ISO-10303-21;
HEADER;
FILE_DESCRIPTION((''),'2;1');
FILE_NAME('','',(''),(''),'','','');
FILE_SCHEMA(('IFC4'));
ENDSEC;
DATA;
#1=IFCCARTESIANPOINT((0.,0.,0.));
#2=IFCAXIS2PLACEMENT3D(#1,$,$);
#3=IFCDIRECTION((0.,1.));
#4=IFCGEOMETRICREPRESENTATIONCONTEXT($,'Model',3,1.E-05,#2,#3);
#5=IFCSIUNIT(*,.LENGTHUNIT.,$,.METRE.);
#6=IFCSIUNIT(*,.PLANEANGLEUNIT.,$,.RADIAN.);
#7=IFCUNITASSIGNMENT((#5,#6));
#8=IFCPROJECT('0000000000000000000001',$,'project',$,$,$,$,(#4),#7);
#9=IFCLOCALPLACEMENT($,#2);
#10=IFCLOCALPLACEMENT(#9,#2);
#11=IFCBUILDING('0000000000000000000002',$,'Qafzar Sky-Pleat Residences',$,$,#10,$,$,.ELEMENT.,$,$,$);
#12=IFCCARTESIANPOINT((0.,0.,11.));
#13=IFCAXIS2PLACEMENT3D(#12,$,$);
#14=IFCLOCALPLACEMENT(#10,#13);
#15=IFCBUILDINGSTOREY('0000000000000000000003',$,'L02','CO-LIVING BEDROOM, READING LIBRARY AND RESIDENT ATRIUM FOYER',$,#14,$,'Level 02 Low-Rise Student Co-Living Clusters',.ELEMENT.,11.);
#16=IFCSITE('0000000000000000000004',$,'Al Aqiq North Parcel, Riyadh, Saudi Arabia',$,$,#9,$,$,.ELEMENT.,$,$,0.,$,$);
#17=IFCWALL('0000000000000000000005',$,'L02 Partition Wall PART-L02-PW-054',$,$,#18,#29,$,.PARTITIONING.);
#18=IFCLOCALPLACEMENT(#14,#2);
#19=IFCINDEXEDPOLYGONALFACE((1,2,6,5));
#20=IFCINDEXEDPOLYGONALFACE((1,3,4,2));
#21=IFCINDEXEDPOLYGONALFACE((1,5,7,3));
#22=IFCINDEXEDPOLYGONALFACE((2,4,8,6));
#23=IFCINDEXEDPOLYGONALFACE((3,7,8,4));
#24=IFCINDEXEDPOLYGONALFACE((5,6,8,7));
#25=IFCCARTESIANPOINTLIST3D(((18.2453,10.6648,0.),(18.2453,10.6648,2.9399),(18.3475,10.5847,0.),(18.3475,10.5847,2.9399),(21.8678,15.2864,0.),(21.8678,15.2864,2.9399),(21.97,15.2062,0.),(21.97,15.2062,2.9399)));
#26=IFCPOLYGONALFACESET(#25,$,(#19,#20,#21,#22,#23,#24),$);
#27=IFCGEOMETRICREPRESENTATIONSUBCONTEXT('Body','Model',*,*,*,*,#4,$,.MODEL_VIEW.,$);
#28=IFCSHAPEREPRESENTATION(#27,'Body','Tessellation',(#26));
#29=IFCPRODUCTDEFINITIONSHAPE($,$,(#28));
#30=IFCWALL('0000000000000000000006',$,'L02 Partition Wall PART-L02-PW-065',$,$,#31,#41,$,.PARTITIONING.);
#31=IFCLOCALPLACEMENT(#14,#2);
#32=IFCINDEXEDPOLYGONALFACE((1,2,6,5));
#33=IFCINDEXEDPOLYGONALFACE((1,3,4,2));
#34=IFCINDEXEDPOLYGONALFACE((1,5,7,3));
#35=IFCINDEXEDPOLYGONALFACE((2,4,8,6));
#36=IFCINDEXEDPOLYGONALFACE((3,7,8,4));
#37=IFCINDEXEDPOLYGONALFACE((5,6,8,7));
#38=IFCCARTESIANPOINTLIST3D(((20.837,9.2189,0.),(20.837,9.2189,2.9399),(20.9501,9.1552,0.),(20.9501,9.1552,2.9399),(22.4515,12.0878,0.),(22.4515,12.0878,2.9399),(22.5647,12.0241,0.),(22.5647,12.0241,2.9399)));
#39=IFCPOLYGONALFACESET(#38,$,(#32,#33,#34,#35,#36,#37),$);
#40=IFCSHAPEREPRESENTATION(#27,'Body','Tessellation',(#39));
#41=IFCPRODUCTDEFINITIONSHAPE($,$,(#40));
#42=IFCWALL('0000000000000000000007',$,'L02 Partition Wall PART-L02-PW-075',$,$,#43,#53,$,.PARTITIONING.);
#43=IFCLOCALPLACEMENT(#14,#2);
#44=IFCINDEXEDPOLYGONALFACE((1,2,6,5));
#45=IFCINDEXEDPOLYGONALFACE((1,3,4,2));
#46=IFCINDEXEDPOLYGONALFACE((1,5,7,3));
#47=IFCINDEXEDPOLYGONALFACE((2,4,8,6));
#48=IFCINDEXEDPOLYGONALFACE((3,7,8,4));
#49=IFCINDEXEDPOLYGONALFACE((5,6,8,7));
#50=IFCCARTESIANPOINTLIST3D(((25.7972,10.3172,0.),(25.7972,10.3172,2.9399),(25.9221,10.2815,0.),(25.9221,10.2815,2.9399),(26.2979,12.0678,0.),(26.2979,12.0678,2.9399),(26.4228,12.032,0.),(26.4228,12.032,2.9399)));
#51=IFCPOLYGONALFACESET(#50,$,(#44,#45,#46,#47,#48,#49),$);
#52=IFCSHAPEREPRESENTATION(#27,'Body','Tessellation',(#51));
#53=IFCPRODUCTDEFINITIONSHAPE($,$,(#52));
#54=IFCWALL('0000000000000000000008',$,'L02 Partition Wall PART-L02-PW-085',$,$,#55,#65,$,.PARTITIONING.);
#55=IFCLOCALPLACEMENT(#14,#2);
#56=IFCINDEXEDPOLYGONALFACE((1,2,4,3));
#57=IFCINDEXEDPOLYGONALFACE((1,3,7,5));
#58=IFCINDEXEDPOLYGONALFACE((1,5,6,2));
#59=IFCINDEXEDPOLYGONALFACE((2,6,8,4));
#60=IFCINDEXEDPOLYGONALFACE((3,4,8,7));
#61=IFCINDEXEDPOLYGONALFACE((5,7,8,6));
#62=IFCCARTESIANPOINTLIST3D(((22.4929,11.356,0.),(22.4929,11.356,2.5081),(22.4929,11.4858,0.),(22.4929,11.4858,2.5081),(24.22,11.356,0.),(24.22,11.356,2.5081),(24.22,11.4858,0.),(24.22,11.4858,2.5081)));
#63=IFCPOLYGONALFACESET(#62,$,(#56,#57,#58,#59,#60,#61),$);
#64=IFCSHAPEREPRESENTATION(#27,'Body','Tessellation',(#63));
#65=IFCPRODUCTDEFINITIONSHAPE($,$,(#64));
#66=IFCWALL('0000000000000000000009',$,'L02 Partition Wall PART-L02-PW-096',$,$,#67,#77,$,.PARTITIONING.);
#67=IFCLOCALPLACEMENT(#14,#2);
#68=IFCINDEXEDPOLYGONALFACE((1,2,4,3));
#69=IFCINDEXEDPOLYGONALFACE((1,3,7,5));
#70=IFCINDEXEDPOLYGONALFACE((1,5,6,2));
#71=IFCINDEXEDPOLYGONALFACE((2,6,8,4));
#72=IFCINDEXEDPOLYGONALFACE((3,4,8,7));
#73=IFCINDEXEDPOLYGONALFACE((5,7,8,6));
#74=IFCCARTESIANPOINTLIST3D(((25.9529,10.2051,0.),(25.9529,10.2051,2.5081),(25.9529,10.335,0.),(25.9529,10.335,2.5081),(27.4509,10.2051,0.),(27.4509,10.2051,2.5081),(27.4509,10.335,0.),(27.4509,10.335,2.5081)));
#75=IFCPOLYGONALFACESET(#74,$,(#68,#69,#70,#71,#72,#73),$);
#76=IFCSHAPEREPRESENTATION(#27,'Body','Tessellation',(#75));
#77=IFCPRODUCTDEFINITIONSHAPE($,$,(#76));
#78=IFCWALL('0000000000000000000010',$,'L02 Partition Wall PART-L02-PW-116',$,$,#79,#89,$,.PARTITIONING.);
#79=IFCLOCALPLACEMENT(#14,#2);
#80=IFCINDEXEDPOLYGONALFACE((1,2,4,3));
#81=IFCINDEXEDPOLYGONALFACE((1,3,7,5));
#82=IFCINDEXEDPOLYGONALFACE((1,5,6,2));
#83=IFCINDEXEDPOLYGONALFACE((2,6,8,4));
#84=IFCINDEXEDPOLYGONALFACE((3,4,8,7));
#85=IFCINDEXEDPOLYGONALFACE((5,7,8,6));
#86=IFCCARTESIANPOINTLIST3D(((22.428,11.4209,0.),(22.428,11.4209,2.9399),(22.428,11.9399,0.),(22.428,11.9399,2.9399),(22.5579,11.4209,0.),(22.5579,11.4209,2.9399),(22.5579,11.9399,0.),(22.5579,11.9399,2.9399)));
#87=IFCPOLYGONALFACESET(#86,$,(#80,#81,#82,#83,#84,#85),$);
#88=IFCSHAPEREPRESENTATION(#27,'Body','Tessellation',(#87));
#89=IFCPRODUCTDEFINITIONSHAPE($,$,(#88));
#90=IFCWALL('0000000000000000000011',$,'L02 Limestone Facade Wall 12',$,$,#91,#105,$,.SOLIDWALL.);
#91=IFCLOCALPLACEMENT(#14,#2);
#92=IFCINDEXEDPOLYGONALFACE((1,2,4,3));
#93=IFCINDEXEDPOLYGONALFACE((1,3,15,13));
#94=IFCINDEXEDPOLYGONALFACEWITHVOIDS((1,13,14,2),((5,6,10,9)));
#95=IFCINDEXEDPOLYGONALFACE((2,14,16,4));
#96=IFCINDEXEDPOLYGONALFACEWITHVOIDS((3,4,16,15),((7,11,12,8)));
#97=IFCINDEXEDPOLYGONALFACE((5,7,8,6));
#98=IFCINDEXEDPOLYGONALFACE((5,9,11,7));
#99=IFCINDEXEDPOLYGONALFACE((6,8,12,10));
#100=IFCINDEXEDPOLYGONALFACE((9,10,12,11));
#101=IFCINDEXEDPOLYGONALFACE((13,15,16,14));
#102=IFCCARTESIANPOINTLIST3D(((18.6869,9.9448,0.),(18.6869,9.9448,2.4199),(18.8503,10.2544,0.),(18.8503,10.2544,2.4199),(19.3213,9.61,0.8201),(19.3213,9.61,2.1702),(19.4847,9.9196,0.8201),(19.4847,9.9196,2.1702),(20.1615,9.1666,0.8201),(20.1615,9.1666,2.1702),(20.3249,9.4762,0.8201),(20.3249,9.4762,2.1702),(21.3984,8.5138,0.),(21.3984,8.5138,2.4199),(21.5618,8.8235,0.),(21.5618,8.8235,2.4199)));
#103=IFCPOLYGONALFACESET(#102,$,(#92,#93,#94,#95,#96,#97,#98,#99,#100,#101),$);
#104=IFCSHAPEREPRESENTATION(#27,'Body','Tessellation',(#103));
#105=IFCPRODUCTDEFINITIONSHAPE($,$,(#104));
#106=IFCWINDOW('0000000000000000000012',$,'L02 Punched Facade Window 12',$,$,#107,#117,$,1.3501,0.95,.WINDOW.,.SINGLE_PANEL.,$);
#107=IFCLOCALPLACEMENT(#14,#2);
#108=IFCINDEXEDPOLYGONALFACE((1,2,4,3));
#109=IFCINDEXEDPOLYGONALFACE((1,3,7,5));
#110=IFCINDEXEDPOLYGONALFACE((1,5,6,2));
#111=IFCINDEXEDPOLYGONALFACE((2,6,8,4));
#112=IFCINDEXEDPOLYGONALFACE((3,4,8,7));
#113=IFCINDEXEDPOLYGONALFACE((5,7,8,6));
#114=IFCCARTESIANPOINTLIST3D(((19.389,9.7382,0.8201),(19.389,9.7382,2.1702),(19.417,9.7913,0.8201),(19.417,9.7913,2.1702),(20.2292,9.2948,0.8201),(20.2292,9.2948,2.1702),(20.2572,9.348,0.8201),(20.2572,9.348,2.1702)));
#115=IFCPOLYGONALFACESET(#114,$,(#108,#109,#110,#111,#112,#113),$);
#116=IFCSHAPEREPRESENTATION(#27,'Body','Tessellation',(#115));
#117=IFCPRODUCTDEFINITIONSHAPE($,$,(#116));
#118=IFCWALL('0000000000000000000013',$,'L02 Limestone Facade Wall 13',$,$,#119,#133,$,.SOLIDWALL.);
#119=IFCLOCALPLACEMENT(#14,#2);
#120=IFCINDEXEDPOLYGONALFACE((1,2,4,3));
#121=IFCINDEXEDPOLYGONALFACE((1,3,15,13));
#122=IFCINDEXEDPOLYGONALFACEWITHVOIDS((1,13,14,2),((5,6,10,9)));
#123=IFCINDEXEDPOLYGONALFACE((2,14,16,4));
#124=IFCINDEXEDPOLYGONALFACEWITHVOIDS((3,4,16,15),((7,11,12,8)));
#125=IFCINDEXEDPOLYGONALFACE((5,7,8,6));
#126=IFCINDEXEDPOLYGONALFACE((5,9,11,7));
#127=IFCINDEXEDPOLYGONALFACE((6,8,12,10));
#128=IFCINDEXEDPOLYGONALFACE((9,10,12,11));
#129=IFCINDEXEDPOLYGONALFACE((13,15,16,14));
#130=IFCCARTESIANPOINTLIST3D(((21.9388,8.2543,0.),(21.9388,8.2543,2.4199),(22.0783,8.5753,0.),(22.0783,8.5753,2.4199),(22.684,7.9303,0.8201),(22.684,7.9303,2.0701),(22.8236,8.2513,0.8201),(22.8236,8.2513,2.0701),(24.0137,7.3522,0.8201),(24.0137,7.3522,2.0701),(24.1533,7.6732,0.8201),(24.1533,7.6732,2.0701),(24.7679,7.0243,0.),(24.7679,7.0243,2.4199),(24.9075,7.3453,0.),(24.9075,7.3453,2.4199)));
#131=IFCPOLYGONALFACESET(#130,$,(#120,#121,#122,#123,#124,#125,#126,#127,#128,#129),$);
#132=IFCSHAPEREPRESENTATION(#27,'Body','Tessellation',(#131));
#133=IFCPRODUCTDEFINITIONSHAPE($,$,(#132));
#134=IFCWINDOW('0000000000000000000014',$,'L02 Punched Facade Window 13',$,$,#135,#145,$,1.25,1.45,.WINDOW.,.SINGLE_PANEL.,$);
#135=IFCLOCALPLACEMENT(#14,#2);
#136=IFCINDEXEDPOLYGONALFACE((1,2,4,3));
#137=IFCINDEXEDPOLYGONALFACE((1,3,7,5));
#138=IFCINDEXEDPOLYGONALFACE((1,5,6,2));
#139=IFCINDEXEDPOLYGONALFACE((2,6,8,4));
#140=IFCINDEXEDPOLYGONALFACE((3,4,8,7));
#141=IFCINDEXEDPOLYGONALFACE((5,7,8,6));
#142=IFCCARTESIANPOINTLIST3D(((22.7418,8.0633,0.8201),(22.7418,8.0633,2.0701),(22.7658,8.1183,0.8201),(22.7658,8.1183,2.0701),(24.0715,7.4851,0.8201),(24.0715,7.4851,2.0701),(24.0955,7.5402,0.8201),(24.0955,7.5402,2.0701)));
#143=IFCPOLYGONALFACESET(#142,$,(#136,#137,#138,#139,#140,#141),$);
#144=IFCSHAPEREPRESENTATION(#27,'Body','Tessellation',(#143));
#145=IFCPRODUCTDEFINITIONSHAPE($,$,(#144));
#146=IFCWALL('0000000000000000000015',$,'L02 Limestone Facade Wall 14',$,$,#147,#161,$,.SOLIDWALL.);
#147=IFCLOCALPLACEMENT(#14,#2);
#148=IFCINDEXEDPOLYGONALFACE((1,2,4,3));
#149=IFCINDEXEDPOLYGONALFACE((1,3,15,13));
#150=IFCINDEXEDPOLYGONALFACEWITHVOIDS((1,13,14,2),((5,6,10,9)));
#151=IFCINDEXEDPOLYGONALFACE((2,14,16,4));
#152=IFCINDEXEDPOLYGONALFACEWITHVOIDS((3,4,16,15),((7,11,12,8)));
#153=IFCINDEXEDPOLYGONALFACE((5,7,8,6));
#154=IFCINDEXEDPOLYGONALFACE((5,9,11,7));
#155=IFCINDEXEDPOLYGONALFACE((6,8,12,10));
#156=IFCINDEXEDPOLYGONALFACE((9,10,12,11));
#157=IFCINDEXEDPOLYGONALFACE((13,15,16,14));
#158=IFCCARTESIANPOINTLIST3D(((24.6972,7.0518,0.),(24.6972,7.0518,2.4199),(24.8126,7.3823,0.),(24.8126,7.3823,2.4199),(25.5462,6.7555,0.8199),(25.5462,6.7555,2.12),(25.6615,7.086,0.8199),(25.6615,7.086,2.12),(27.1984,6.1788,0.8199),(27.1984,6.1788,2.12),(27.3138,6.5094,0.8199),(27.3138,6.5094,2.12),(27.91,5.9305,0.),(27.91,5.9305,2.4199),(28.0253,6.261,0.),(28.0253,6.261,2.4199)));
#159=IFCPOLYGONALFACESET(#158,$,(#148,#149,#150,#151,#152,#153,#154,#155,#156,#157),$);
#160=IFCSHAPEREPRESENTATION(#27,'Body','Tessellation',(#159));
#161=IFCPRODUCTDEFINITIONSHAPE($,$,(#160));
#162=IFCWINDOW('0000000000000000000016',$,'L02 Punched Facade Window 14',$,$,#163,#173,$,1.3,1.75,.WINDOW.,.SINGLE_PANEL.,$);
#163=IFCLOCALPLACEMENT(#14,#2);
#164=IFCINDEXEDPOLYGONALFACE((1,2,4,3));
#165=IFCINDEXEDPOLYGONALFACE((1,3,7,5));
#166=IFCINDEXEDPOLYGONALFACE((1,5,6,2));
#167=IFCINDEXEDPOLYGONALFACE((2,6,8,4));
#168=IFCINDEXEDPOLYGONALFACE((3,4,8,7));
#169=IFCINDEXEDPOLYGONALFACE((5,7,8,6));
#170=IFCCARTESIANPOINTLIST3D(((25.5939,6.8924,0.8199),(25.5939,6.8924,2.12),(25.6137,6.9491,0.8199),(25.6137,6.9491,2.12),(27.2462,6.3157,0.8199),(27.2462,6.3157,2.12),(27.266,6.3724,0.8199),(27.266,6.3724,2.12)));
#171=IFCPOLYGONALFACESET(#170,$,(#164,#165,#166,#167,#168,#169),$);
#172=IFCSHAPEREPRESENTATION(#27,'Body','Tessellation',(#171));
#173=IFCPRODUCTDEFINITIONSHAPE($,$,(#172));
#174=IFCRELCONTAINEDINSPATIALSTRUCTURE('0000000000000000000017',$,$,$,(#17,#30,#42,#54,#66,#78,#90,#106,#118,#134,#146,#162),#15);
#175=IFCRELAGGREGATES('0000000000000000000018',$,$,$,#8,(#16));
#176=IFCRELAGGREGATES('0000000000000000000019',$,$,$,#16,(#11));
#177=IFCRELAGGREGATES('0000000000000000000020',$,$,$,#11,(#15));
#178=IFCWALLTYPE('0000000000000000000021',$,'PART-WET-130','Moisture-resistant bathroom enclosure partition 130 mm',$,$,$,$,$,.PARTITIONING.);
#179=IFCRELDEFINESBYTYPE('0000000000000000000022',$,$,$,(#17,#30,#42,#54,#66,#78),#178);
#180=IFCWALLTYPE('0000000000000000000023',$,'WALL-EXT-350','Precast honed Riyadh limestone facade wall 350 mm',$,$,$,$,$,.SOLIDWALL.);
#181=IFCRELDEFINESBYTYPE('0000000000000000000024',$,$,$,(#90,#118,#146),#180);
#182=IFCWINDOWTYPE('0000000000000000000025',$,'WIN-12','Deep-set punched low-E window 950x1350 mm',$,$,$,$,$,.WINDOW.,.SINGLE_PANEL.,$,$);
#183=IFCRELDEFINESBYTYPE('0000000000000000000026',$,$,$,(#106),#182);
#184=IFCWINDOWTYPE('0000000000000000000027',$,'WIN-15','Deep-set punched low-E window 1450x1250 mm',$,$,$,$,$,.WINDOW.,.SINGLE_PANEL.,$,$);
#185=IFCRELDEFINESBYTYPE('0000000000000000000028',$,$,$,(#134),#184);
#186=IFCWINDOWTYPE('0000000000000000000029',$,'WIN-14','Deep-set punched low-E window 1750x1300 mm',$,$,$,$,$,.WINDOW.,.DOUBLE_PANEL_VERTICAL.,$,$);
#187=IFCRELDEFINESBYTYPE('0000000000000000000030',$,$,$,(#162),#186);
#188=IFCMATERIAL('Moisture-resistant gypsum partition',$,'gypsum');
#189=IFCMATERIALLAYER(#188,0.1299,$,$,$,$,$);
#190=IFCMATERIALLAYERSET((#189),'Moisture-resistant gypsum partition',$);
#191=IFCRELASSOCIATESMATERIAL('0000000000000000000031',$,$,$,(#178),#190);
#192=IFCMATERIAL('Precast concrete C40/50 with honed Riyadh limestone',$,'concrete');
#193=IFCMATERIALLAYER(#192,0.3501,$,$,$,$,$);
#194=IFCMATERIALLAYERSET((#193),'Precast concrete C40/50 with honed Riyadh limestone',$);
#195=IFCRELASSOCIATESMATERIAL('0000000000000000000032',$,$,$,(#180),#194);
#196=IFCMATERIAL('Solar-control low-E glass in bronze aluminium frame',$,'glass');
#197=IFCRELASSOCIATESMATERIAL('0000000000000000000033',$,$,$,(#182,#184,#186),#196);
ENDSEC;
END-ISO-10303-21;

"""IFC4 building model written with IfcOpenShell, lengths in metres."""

from ifc_helpers import new_model, si_unit, direction, frame, frame_2d, origin, place, context, subcontext, project, spatial, rectangle, extrude, source, transform, mapped, material, layer, layer_set, type_object, element, fill, save


model = new_model("IFC4")

# Units and contexts
model_context = context("Model", 3, precision=1e-05, world=origin(), true_north=direction((0.0, 1.0)))
body_context = subcontext(model_context, "Body", "Model", "MODEL_VIEW")
ifc_project = project(units=[si_unit("LENGTHUNIT", "METRE"), si_unit("PLANEANGLEUNIT", "RADIAN")], contexts=[model_context])

# Site, building, storey
site_placement = place(None, origin())
site = spatial("IfcSite", under=ifc_project, at=site_placement, Name="Al Aqiq North Parcel, Riyadh, Saudi Arabia", CompositionType="ELEMENT", RefElevation=0.0)
building_placement = place(site_placement, origin())
building = spatial("IfcBuilding", under=site, at=building_placement, Name="Qafzar Sky-Pleat Residences", CompositionType="ELEMENT")
storey_placement = place(building_placement, frame((0.0, 0.0, 11.0)))
storey = spatial("IfcBuildingStorey", under=building, at=storey_placement, Name="L02", Description="CO-LIVING BEDROOM, READING LIBRARY AND RESIDENT ATRIUM FOYER", LongName="Level 02 Low-Rise Student Co-Living Clusters", CompositionType="ELEMENT", Elevation=11.0)

# Shared definitions
ifc_material_1 = material(Name="Moisture-resistant gypsum partition", Category="gypsum")
ifc_layer_1 = layer(ifc_material_1, 0.1299)
ifc_layer_set_1 = layer_set([ifc_layer_1], Name="Moisture-resistant gypsum partition")
wall_type_1 = type_object("IfcWallType", Name="PART-WET-130", Description="Moisture-resistant bathroom enclosure partition 130 mm", PredefinedType="PARTITIONING", material=ifc_layer_set_1)

# Walls
wall_1_placement = place(storey_placement, frame((18.2964, 10.6248, 0.0), z_axis=(0.0, 0.0, 1.0), x_axis=(0.616907, 0.787036, 0.0)))
element("IfcWall", 1, at=wall_1_placement, inside=storey, type_object=wall_type_1, Name="L02 Partition Wall PART-L02-PW-054", PredefinedType="PARTITIONING", context=body_context, shape_type="SweptSolid", body=[
    extrude(rectangle(XDim=5.8721, YDim=0.1299, at=frame_2d((2.936, 0.0))), origin(), (0.0, 0.0, 1.0), 2.9399),
])
wall_2_placement = place(storey_placement, frame((20.8936, 9.187, 0.0), z_axis=(0.0, 0.0, 1.0), x_axis=(0.490434, 0.871478, 0.0)))
element("IfcWall", 2, at=wall_2_placement, inside=storey, type_object=wall_type_1, Name="L02 Partition Wall PART-L02-PW-065", PredefinedType="PARTITIONING", context=body_context, shape_type="SweptSolid", body=[
    extrude(rectangle(XDim=3.292, YDim=0.1299, at=frame_2d((1.646, 0.0))), origin(), (0.0, 0.0, 1.0), 2.9399),
])
wall_3_placement = place(storey_placement, frame((25.8596, 10.2993, 0.0), z_axis=(0.0, 0.0, 1.0), x_axis=(0.275022, 0.961438, 0.0)))
element("IfcWall", 3, at=wall_3_placement, inside=storey, type_object=wall_type_1, Name="L02 Partition Wall PART-L02-PW-075", PredefinedType="PARTITIONING", context=body_context, shape_type="SweptSolid", body=[
    extrude(rectangle(XDim=1.8208, YDim=0.1299, at=frame_2d((0.9104, 0.0))), origin(), (0.0, 0.0, 1.0), 2.9399),
])
wall_4_placement = place(storey_placement, frame((22.4929, 11.4209, 0.0), z_axis=(0.0, 0.0, 1.0), x_axis=(1.0, 0.0, 0.0)))
element("IfcWall", 4, at=wall_4_placement, inside=storey, type_object=wall_type_1, Name="L02 Partition Wall PART-L02-PW-085", PredefinedType="PARTITIONING", context=body_context, shape_type="SweptSolid", body=[
    extrude(rectangle(XDim=1.7271, YDim=0.1299, at=frame_2d((0.8635, 0.0))), origin(), (0.0, 0.0, 1.0), 2.5081),
])
wall_5_placement = place(storey_placement, frame((25.9529, 10.27, 0.0), z_axis=(0.0, 0.0, 1.0), x_axis=(1.0, 0.0, 0.0)))
element("IfcWall", 5, at=wall_5_placement, inside=storey, type_object=wall_type_1, Name="L02 Partition Wall PART-L02-PW-096", PredefinedType="PARTITIONING", context=body_context, shape_type="SweptSolid", body=[
    extrude(rectangle(XDim=1.498, YDim=0.1299, at=frame_2d((0.749, 0.0))), origin(), (0.0, 0.0, 1.0), 2.5081),
])
wall_6_placement = place(storey_placement, frame((22.4929, 11.4209, 0.0), z_axis=(0.0, 0.0, 1.0), x_axis=(0.0, 1.0, 0.0)))
element("IfcWall", 6, at=wall_6_placement, inside=storey, type_object=wall_type_1, Name="L02 Partition Wall PART-L02-PW-116", PredefinedType="PARTITIONING", context=body_context, shape_type="SweptSolid", body=[
    extrude(rectangle(XDim=0.519, YDim=0.1299, at=frame_2d((0.2595, 0.0))), origin(), (0.0, 0.0, 1.0), 2.9399),
])

# Walls, openings, windows
ifc_material_2 = material(Name="Precast concrete C40/50 with honed Riyadh limestone", Category="concrete")
ifc_layer_2 = layer(ifc_material_2, 0.3501)
ifc_layer_set_2 = layer_set([ifc_layer_2], Name="Precast concrete C40/50 with honed Riyadh limestone")
wall_type_2 = type_object("IfcWallType", Name="WALL-EXT-350", Description="Precast honed Riyadh limestone facade wall 350 mm", PredefinedType="SOLIDWALL", material=ifc_layer_set_2)
wall_7_placement = place(storey_placement, frame((18.7686, 10.0996, 0.0), z_axis=(0.0, 0.0, 1.0), x_axis=(0.884401, -0.466727, 0.0)))
wall_7 = element("IfcWall", 7, at=wall_7_placement, inside=storey, type_object=wall_type_2, Name="L02 Limestone Facade Wall 12", PredefinedType="SOLIDWALL", context=body_context, shape_type="SweptSolid", body=[
    extrude(rectangle(XDim=3.0659, YDim=0.3501, at=frame_2d((1.533, 0.0))), origin(), (0.0, 0.0, 1.0), 2.4199),
])
opening_1_placement = place(wall_7_placement, frame((0.7173, 0.0, 0.8201)))
opening_1 = element("IfcOpeningElement", 8, at=opening_1_placement, cuts=wall_7, PredefinedType="OPENING", context=body_context, shape_type="SweptSolid", body=[
    extrude(rectangle(XDim=0.95, YDim=1.3501, at=frame_2d((0.4751, 0.675))), frame((0.0, 0.1851, 0.0), z_axis=(0.0, -1.0, 0.0), x_axis=(1.0, 0.0, 0.0)), (0.0, 0.0, 1.0), 0.3701),
])
ifc_material_3 = material(Name="Solar-control low-E glass in bronze aluminium frame", Category="glass")
window_type_1 = type_object("IfcWindowType", Name="WIN-12", Description="Deep-set punched low-E window 950x1350 mm", PartitioningType="SINGLE_PANEL", PredefinedType="WINDOW", material=ifc_material_3)
shared_shape_1 = source(origin(), body_context, "Body", "SweptSolid", [
    extrude(rectangle(XDim=0.95, YDim=1.3501, at=frame_2d((0.4751, 0.675))), frame((0.0, 0.03, 0.0), z_axis=(0.0, -1.0, 0.0), x_axis=(1.0, 0.0, 0.0)), (0.0, 0.0, 1.0), 0.0601),
])
window_1_placement = place(opening_1_placement, origin())
window_1 = element("IfcWindow", 9, at=window_1_placement, inside=storey, type_object=window_type_1, Name="L02 Punched Facade Window 12", OverallHeight=1.3501, OverallWidth=0.95, PartitioningType="SINGLE_PANEL", PredefinedType="WINDOW", context=body_context, shape_type="MappedRepresentation", body=[
    mapped(shared_shape_1, transform((0.0, 0.0, 0.0), x_axis=(1.0, 0.0, 0.0), y_axis=(0.0, 1.0, 0.0), z_axis=(0.0, 0.0, 1.0), scale=1.0)),
])
fill(opening_1, window_1)
wall_8_placement = place(storey_placement, frame((22.0085, 8.4148, 0.0), z_axis=(0.0, 0.0, 1.0), x_axis=(0.917078, -0.398709, 0.0)))
wall_8 = element("IfcWall", 10, at=wall_8_placement, inside=storey, type_object=wall_type_2, Name="L02 Limestone Facade Wall 13", PredefinedType="SOLIDWALL", context=body_context, shape_type="SweptSolid", body=[
    extrude(rectangle(XDim=3.085, YDim=0.3501, at=frame_2d((1.5425, 0.0))), origin(), (0.0, 0.0, 1.0), 2.4199),
])
opening_2_placement = place(wall_8_placement, frame((0.8125, 0.0, 0.8201)))
opening_2 = element("IfcOpeningElement", 11, at=opening_2_placement, cuts=wall_8, PredefinedType="OPENING", context=body_context, shape_type="SweptSolid", body=[
    extrude(rectangle(XDim=1.45, YDim=1.25, at=frame_2d((0.7251, 0.625))), frame((0.0, 0.1851, 0.0), z_axis=(0.0, -1.0, 0.0), x_axis=(1.0, 0.0, 0.0)), (0.0, 0.0, 1.0), 0.3701),
])
window_type_2 = type_object("IfcWindowType", Name="WIN-15", Description="Deep-set punched low-E window 1450x1250 mm", PartitioningType="SINGLE_PANEL", PredefinedType="WINDOW", material=ifc_material_3)
shared_shape_2 = source(origin(), body_context, "Body", "SweptSolid", [
    extrude(rectangle(XDim=1.45, YDim=1.25, at=frame_2d((0.7251, 0.625))), frame((0.0, 0.03, 0.0), z_axis=(0.0, -1.0, 0.0), x_axis=(1.0, 0.0, 0.0)), (0.0, 0.0, 1.0), 0.0601),
])
window_2_placement = place(opening_2_placement, origin())
window_2 = element("IfcWindow", 12, at=window_2_placement, inside=storey, type_object=window_type_2, Name="L02 Punched Facade Window 13", OverallHeight=1.25, OverallWidth=1.45, PartitioningType="SINGLE_PANEL", PredefinedType="WINDOW", context=body_context, shape_type="MappedRepresentation", body=[
    mapped(shared_shape_2, transform((0.0, 0.0, 0.0), x_axis=(1.0, 0.0, 0.0), y_axis=(0.0, 1.0, 0.0), z_axis=(0.0, 0.0, 1.0), scale=1.0)),
])
fill(opening_2, window_2)
wall_9_placement = place(storey_placement, frame((24.7549, 7.217, 0.0), z_axis=(0.0, 0.0, 1.0), x_axis=(0.944149, -0.329519, 0.0)))
wall_9 = element("IfcWall", 13, at=wall_9_placement, inside=storey, type_object=wall_type_2, Name="L02 Limestone Facade Wall 14", PredefinedType="SOLIDWALL", context=body_context, shape_type="SweptSolid", body=[
    extrude(rectangle(XDim=3.4028, YDim=0.3501, at=frame_2d((1.7014, 0.0))), origin(), (0.0, 0.0, 1.0), 2.4199),
])
opening_3_placement = place(wall_9_placement, frame((0.8992, 0.0, 0.8201)))
opening_3 = element("IfcOpeningElement", 14, at=opening_3_placement, cuts=wall_9, PredefinedType="OPENING", context=body_context, shape_type="SweptSolid", body=[
    extrude(rectangle(XDim=1.75, YDim=1.3, at=frame_2d((0.875, 0.6499))), frame((0.0, 0.1851, 0.0), z_axis=(0.0, -1.0, 0.0), x_axis=(1.0, 0.0, 0.0)), (0.0, 0.0, 1.0), 0.3701),
])
window_type_3 = type_object("IfcWindowType", Name="WIN-14", Description="Deep-set punched low-E window 1750x1300 mm", PartitioningType="DOUBLE_PANEL_VERTICAL", PredefinedType="WINDOW", material=ifc_material_3)
shared_shape_3 = source(origin(), body_context, "Body", "SweptSolid", [
    extrude(rectangle(XDim=1.75, YDim=1.3, at=frame_2d((0.875, 0.6499))), frame((0.0, 0.03, 0.0), z_axis=(0.0, -1.0, 0.0), x_axis=(1.0, 0.0, 0.0)), (0.0, 0.0, 1.0), 0.0601),
])
window_3_placement = place(opening_3_placement, origin())
window_3 = element("IfcWindow", 15, at=window_3_placement, inside=storey, type_object=window_type_3, Name="L02 Punched Facade Window 14", OverallHeight=1.3, OverallWidth=1.75, PartitioningType="SINGLE_PANEL", PredefinedType="WINDOW", context=body_context, shape_type="MappedRepresentation", body=[
    mapped(shared_shape_3, transform((0.0, 0.0, 0.0), x_axis=(1.0, 0.0, 0.0), y_axis=(0.0, 1.0, 0.0), z_axis=(0.0, 0.0, 1.0), scale=1.0)),
])
fill(opening_3, window_3)

save(model, "model.ifc")
